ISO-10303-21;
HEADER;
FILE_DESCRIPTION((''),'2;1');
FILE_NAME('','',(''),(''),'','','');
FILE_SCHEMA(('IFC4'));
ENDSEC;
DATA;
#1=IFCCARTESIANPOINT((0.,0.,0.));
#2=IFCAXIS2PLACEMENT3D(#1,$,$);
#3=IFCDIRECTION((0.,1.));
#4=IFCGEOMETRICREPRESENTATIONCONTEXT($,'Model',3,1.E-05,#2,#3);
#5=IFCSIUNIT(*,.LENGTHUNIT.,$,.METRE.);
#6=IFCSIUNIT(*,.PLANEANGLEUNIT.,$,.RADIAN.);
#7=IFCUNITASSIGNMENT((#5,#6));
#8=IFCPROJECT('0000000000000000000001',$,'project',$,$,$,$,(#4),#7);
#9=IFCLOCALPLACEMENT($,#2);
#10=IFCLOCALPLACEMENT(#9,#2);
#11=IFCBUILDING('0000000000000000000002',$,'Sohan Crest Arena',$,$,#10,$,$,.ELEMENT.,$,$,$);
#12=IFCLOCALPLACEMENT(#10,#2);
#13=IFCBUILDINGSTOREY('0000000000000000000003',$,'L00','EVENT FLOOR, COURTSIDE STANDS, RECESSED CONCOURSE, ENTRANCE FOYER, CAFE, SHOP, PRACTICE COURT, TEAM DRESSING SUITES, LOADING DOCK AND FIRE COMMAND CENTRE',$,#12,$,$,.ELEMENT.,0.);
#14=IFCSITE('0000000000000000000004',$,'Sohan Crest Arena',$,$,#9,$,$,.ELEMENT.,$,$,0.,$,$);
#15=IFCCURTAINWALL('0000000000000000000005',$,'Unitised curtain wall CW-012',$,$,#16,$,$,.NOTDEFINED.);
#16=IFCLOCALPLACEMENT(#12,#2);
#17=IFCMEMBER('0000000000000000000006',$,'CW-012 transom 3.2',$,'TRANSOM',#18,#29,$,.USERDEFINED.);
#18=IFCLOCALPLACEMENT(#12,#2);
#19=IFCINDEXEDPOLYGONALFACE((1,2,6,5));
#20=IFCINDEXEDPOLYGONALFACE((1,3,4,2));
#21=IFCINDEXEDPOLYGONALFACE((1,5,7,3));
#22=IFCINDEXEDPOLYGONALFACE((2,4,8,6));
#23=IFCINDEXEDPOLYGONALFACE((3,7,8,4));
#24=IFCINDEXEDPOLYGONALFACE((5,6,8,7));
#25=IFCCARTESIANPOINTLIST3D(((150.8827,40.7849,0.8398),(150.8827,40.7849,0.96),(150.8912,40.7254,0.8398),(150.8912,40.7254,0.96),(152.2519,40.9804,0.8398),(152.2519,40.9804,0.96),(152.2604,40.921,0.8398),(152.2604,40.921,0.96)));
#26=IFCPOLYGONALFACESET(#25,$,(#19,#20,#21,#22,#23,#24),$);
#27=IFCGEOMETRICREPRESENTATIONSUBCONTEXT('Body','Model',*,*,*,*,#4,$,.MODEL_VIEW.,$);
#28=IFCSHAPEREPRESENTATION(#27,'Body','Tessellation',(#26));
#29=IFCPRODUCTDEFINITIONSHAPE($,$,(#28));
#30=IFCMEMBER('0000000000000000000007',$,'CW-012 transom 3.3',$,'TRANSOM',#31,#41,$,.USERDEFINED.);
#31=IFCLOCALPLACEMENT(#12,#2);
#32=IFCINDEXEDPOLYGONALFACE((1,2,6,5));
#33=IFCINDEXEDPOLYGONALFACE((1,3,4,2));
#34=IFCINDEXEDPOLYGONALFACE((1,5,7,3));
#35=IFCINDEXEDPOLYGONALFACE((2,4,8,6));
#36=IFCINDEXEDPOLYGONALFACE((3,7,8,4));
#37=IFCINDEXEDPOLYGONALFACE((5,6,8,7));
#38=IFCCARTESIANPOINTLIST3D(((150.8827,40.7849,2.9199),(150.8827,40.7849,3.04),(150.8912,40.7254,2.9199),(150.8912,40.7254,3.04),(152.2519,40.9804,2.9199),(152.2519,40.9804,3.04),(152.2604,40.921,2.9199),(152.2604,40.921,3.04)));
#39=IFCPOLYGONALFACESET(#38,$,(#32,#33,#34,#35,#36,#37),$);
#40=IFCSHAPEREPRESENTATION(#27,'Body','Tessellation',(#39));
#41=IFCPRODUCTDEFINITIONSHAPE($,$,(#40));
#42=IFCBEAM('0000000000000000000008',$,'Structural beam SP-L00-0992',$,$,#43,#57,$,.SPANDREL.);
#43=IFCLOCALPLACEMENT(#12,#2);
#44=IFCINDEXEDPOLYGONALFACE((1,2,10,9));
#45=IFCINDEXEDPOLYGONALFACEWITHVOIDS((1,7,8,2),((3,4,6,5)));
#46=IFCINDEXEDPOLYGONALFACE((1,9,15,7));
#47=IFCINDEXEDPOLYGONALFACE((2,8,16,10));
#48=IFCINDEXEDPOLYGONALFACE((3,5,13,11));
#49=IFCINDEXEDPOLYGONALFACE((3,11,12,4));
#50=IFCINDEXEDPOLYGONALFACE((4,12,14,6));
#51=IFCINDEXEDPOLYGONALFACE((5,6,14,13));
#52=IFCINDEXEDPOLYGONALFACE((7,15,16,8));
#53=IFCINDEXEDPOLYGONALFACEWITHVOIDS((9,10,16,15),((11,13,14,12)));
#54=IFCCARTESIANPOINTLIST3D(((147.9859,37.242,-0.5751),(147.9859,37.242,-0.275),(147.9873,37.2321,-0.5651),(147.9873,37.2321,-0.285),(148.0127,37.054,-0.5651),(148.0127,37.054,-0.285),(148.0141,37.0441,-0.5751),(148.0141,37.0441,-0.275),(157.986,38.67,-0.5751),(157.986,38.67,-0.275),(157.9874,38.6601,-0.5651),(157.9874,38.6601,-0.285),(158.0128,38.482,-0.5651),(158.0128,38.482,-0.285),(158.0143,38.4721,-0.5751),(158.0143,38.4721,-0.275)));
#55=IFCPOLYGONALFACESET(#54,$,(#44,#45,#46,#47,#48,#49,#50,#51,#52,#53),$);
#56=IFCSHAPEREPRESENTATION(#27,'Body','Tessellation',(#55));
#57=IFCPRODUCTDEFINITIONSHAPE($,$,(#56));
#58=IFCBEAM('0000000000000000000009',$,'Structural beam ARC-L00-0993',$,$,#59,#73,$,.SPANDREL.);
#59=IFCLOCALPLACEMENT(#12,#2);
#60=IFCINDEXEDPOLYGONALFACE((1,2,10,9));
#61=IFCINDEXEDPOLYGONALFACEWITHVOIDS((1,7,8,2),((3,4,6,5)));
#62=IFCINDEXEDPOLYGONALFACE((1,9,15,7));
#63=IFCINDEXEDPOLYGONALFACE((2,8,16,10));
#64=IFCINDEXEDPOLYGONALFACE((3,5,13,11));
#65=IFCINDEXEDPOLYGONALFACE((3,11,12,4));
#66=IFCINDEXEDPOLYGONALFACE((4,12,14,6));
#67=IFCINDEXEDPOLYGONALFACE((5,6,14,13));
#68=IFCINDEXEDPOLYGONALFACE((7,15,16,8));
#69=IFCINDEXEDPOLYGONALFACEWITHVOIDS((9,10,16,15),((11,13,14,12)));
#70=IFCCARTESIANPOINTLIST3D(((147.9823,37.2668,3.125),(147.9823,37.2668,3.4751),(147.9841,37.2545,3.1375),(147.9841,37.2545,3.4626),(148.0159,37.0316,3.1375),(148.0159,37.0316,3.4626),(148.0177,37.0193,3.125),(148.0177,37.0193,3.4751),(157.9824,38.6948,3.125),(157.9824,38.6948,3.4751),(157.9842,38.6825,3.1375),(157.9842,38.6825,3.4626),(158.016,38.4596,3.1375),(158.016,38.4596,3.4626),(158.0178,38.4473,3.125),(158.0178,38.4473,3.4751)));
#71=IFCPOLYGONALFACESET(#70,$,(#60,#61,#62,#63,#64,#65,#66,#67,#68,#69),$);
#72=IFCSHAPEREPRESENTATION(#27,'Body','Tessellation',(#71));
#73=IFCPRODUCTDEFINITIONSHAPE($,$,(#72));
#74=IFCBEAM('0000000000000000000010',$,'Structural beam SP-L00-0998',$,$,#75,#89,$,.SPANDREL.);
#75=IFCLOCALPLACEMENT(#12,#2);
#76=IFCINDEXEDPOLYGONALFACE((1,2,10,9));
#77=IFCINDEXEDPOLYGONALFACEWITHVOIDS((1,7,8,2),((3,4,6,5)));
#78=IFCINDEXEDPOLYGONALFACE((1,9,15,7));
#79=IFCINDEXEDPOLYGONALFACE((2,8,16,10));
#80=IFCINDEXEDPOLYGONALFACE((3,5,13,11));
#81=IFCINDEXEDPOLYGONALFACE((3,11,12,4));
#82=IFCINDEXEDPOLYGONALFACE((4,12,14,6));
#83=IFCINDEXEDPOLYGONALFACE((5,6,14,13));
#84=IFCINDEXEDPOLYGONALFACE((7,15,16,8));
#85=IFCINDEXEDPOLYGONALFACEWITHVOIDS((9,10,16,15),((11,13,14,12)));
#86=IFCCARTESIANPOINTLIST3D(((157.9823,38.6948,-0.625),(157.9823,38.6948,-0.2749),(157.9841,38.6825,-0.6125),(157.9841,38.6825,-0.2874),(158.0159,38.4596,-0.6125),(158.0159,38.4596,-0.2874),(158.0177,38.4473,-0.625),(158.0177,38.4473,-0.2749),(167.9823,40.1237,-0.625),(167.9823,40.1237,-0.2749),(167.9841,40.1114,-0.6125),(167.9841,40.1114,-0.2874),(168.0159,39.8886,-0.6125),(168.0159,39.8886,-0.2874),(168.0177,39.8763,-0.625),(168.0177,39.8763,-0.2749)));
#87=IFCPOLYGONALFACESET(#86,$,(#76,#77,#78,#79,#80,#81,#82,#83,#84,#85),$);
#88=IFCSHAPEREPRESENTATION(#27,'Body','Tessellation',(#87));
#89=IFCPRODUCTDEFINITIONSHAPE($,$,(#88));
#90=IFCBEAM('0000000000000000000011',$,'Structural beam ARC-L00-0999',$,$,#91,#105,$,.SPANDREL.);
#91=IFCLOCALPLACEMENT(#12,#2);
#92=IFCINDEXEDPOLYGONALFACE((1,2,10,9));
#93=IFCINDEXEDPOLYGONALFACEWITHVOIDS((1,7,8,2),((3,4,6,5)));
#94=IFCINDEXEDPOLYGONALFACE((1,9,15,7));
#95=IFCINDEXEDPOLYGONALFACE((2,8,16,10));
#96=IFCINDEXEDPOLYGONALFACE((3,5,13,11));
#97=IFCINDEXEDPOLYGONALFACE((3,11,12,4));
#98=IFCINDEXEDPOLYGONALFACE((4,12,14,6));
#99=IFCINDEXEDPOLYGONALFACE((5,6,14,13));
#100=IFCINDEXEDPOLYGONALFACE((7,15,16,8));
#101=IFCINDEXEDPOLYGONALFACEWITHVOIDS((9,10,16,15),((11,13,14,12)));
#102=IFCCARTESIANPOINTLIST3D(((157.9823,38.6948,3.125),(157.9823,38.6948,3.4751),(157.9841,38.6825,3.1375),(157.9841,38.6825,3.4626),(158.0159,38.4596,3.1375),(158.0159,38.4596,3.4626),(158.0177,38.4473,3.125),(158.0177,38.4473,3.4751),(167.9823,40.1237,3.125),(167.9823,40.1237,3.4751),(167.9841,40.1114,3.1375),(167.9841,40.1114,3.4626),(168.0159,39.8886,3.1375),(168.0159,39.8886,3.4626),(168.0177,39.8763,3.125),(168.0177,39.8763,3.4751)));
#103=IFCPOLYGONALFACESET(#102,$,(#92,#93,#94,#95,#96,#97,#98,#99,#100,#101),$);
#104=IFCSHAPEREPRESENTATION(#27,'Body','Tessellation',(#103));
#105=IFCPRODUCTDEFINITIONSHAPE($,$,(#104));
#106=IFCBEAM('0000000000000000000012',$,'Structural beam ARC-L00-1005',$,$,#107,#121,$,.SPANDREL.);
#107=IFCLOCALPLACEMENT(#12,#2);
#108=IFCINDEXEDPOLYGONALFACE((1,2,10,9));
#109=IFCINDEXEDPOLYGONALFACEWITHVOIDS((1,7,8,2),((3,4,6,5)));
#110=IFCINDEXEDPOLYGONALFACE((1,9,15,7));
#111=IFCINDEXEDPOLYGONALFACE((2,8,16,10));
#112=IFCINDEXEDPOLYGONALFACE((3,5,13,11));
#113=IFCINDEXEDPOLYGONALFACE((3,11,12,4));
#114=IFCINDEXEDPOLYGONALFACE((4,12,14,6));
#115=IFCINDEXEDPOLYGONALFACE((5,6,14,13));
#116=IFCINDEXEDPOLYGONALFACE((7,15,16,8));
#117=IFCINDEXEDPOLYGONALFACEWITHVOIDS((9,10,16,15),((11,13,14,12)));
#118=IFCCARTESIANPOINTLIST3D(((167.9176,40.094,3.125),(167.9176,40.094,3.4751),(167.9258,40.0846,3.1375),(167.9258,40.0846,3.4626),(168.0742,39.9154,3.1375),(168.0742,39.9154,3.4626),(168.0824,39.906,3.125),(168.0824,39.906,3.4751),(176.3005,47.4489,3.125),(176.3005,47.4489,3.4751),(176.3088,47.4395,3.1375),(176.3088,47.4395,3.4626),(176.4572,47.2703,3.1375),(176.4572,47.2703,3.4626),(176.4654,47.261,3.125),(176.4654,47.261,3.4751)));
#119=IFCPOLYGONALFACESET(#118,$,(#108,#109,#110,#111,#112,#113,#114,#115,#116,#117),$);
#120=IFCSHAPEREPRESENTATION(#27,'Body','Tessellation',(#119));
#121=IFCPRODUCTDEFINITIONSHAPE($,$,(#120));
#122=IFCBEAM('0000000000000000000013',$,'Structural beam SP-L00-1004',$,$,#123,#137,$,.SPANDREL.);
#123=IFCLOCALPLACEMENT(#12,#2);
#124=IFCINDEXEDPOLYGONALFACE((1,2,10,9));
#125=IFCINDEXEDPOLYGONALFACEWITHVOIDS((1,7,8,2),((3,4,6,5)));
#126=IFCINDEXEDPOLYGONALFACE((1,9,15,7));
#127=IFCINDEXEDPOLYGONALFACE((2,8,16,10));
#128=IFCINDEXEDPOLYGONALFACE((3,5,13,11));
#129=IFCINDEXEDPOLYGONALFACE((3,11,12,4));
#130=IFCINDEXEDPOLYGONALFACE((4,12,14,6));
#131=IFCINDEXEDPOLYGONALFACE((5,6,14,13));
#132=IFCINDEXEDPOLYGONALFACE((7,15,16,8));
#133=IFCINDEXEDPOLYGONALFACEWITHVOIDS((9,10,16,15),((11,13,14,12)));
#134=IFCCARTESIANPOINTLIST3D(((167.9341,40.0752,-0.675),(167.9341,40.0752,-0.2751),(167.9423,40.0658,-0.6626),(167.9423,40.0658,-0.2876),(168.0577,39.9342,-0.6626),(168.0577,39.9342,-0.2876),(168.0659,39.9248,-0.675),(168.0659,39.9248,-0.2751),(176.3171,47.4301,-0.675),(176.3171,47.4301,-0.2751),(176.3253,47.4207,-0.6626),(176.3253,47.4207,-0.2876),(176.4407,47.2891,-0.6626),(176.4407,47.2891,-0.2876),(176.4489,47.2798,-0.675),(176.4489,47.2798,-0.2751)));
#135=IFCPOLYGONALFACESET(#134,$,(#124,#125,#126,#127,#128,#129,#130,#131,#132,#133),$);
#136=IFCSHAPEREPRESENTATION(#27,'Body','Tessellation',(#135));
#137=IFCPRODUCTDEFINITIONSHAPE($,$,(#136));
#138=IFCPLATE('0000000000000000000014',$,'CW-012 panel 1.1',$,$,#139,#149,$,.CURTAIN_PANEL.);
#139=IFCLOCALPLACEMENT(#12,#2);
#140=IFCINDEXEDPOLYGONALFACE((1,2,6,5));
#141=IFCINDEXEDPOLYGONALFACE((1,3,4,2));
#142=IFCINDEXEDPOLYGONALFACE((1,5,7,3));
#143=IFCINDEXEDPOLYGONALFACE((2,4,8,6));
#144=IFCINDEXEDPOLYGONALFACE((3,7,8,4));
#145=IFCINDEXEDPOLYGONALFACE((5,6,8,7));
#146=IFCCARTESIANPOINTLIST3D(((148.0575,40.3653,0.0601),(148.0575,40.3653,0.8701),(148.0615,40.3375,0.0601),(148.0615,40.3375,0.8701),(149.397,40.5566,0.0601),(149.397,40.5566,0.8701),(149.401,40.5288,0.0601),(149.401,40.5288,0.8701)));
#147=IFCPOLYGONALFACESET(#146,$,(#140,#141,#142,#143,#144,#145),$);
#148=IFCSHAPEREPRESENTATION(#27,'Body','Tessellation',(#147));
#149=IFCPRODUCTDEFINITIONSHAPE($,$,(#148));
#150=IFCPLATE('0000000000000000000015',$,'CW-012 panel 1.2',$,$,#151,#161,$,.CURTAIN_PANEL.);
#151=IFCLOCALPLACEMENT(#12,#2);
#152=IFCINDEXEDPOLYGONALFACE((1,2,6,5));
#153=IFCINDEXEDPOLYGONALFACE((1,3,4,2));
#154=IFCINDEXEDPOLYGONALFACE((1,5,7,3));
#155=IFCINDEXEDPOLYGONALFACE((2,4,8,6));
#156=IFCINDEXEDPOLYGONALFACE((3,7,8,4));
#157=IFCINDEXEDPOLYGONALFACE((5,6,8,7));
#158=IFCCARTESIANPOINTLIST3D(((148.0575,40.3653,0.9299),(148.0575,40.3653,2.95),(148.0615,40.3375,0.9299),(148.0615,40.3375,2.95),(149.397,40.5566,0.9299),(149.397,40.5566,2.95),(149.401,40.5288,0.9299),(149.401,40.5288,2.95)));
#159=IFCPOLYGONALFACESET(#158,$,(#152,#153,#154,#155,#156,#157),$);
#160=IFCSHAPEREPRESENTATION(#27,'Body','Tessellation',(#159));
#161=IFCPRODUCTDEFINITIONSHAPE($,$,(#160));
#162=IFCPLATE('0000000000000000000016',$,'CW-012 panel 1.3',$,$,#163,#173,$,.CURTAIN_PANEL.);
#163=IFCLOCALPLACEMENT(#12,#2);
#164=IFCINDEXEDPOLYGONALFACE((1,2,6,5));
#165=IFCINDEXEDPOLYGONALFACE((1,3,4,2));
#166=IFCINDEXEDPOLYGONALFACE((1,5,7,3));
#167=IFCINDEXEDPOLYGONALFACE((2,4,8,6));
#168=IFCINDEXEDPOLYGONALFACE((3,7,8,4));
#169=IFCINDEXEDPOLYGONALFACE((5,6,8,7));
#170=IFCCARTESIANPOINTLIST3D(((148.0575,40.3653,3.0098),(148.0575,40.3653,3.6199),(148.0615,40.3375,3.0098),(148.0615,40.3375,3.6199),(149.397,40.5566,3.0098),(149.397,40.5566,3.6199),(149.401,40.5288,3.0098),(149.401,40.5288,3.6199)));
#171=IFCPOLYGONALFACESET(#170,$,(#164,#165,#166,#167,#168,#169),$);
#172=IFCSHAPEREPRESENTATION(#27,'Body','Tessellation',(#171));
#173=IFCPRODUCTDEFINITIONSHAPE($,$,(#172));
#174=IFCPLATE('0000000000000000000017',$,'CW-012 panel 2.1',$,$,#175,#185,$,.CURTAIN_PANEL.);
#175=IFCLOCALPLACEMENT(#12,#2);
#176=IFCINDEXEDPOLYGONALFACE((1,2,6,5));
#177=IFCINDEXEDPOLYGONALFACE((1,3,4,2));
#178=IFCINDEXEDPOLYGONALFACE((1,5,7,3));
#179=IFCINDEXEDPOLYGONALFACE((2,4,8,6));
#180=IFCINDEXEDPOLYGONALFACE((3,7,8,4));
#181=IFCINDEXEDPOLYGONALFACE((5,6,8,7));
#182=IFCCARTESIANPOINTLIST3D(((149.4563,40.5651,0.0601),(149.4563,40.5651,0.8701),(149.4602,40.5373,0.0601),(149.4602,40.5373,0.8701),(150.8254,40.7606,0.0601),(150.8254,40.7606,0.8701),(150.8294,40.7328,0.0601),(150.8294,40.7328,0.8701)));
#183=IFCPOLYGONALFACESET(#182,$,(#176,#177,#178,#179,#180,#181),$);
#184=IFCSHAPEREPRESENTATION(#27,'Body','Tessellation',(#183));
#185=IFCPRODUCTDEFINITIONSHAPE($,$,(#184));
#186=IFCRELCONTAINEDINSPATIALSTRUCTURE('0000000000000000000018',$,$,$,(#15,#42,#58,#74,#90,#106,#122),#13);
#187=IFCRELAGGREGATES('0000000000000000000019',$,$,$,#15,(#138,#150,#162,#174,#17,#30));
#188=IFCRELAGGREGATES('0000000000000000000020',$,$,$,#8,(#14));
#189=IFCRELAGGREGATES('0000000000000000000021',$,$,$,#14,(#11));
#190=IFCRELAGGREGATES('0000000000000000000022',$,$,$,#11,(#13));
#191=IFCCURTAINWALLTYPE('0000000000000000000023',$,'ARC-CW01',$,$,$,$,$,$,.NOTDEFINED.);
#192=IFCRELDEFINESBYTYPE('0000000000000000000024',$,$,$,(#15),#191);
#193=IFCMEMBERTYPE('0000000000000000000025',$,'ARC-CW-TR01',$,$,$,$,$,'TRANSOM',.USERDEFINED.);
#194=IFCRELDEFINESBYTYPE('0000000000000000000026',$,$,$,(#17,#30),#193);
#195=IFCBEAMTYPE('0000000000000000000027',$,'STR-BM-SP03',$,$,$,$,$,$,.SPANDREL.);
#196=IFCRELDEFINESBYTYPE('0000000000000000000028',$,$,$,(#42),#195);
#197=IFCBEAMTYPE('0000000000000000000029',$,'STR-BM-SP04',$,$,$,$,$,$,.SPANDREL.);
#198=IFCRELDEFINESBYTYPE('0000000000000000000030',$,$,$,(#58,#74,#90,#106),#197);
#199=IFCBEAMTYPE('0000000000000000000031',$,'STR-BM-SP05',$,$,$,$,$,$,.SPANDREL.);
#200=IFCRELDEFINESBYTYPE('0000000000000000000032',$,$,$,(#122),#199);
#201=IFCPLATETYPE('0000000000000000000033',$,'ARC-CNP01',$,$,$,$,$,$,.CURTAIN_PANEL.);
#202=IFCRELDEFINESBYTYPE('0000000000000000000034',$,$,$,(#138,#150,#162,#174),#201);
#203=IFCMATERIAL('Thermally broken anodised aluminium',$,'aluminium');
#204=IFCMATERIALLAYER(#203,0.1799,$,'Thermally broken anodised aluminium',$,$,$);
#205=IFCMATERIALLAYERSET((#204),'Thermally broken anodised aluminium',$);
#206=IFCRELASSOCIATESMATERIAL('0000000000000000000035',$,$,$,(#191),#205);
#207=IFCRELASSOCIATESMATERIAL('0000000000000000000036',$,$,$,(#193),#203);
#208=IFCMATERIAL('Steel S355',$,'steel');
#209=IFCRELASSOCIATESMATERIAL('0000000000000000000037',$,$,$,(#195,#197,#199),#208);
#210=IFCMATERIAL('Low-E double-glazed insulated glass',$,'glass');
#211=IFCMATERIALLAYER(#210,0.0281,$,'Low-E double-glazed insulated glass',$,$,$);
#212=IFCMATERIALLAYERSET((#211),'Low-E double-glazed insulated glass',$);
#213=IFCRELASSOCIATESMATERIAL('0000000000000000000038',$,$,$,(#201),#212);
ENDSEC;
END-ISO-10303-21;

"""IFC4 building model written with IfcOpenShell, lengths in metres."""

from ifc_helpers import new_model, si_unit, direction, frame, origin, origin_2d, place, context, subcontext, project, spatial, rectangle, hollow_rectangle, extrude, material, layer, layer_set, material_profile, profile_set, type_object, element, aggregate, save


model = new_model("IFC4")

# Units and contexts
model_context = context("Model", 3, precision=1e-05, world=origin(), true_north=direction((0.0, 1.0)))
body_context = subcontext(model_context, "Body", "Model", "MODEL_VIEW")
ifc_project = project(units=[si_unit("LENGTHUNIT", "METRE"), si_unit("PLANEANGLEUNIT", "RADIAN")], contexts=[model_context])

# Site, building, storey
site_placement = place(None, origin())
site = spatial("IfcSite", under=ifc_project, at=site_placement, Name="Sohan Crest Arena", CompositionType="ELEMENT", RefElevation=0.0)
building_placement = place(site_placement, origin())
building = spatial("IfcBuilding", under=site, at=building_placement, Name="Sohan Crest Arena", CompositionType="ELEMENT")
storey_placement = place(building_placement, origin())
storey = spatial("IfcBuildingStorey", under=building, at=storey_placement, Name="L00", Description="EVENT FLOOR, COURTSIDE STANDS, RECESSED CONCOURSE, ENTRANCE FOYER, CAFE, SHOP, PRACTICE COURT, TEAM DRESSING SUITES, LOADING DOCK AND FIRE COMMAND CENTRE", CompositionType="ELEMENT", Elevation=0.0)

# Curtain wall, members
ifc_material_1 = material(Name="Thermally broken anodised aluminium", Category="aluminium")
ifc_layer_1 = layer(ifc_material_1, 0.1799, Name="Thermally broken anodised aluminium")
ifc_layer_set_1 = layer_set([ifc_layer_1], Name="Thermally broken anodised aluminium")
curtain_wall_type = type_object("IfcCurtainWallType", Name="ARC-CW01", PredefinedType="NOTDEFINED", material=ifc_layer_set_1)
curtain_wall_placement = place(storey_placement, origin())
curtain_wall = element("IfcCurtainWall", 1, at=curtain_wall_placement, inside=storey, type_object=curtain_wall_type, Name="Unitised curtain wall CW-012", PredefinedType="NOTDEFINED")
ifc_material_profile_1 = material_profile(ifc_material_1, rectangle(XDim=0.0601, YDim=0.1201, at=origin_2d()), Name="ALU-TRAN 60x120")
ifc_profile_set_1 = profile_set([ifc_material_profile_1], Name="Thermally broken anodised aluminium")
member_type_1 = type_object("IfcMemberType", Name="ARC-CW-TR01", ElementType="TRANSOM", PredefinedType="USERDEFINED", material=ifc_profile_set_1)
member_1_placement = place(storey_placement, frame((150.887, 40.7551, 0.8999), z_axis=(0.989953, 0.141397, 0.0), x_axis=(-0.141397, 0.989953, 0.0)))
member_1 = element("IfcMember", 2, at=member_1_placement, type_object=member_type_1, Name="CW-012 transom 3.2", ObjectType="TRANSOM", PredefinedType="USERDEFINED", context=body_context, shape_type="SweptSolid", body=[
    extrude(rectangle(XDim=0.0601, YDim=0.1201, at=origin_2d()), origin(), (0.0, 0.0, 1.0), 1.3831),
])
member_2_placement = place(storey_placement, frame((150.887, 40.7551, 2.98), z_axis=(0.989953, 0.141397, 0.0), x_axis=(-0.141397, 0.989953, 0.0)))
member_2 = element("IfcMember", 3, at=member_2_placement, type_object=member_type_1, Name="CW-012 transom 3.3", ObjectType="TRANSOM", PredefinedType="USERDEFINED", context=body_context, shape_type="SweptSolid", body=[
    extrude(rectangle(XDim=0.0601, YDim=0.1201, at=origin_2d()), origin(), (0.0, 0.0, 1.0), 1.3831),
])

# Beams
ifc_material_2 = material(Name="Steel S355", Category="steel")
ifc_material_profile_2 = material_profile(ifc_material_2, hollow_rectangle(XDim=0.2, YDim=0.3, WallThickness=0.01, at=origin_2d()), Name="RHS 300x200x10")
ifc_profile_set_2 = profile_set([ifc_material_profile_2], Name="Steel S355")
beam_type_1 = type_object("IfcBeamType", Name="STR-BM-SP03", PredefinedType="SPANDREL", material=ifc_profile_set_2)
beam_1_placement = place(storey_placement, frame((148.0, 37.1431, -0.425), z_axis=(0.989958, 0.141364, 0.0), x_axis=(-0.141364, 0.989958, 0.0)))
element("IfcBeam", 4, at=beam_1_placement, inside=storey, type_object=beam_type_1, Name="Structural beam SP-L00-0992", PredefinedType="SPANDREL", context=body_context, shape_type="SweptSolid", body=[
    extrude(hollow_rectangle(XDim=0.2, YDim=0.3, WallThickness=0.01, at=origin_2d()), origin(), (0.0, 0.0, 1.0), 10.1016),
])
ifc_material_profile_3 = material_profile(ifc_material_2, hollow_rectangle(XDim=0.25, YDim=0.3501, WallThickness=0.0125, at=origin_2d()), Name="RHS 350x250x12.5")
ifc_profile_set_3 = profile_set([ifc_material_profile_3], Name="Steel S355")
beam_type_2 = type_object("IfcBeamType", Name="STR-BM-SP04", PredefinedType="SPANDREL", material=ifc_profile_set_3)
for number, where, z_axis, x_axis, name in (
    (5, (148.0, 37.1431, 3.3), (0.989958, 0.141364, 0.0), (-0.141364, 0.989958, 0.0), "Structural beam ARC-L00-0993"),
    (6, (158.0, 38.571, -0.45), (0.989944, 0.141459, 0.0), (-0.141459, 0.989944, 0.0), "Structural beam SP-L00-0998"),
    (7, (158.0, 38.571, 3.3), (0.989944, 0.141459, 0.0), (-0.141459, 0.989944, 0.0), "Structural beam ARC-L00-0999"),
):
    element("IfcBeam", number, at=place(storey_placement, frame(where, z_axis=z_axis, x_axis=x_axis)), inside=storey, type_object=beam_type_2, Name=name, PredefinedType="SPANDREL", context=body_context, shape_type="SweptSolid", body=[
        extrude(hollow_rectangle(XDim=0.25, YDim=0.3501, WallThickness=0.0125, at=origin_2d()), origin(), (0.0, 0.0, 1.0), 10.1016),
    ])
beam_2_placement = place(storey_placement, frame((168.0, 40.0, 3.3), z_axis=(0.751696, 0.65951, 0.0), x_axis=(-0.65951, 0.751696, 0.0)))
element("IfcBeam", 8, at=beam_2_placement, inside=storey, type_object=beam_type_2, Name="Structural beam ARC-L00-1005", PredefinedType="SPANDREL", context=body_context, shape_type="SweptSolid", body=[
    extrude(hollow_rectangle(XDim=0.25, YDim=0.3501, WallThickness=0.0125, at=origin_2d()), origin(), (0.0, 0.0, 1.0), 11.1521),
])
ifc_material_profile_4 = material_profile(ifc_material_2, hollow_rectangle(XDim=0.2, YDim=0.3999, WallThickness=0.0125, at=origin_2d()), Name="RHS 400x200x12.5")
ifc_profile_set_4 = profile_set([ifc_material_profile_4], Name="Steel S355")
beam_type_3 = type_object("IfcBeamType", Name="STR-BM-SP05", PredefinedType="SPANDREL", material=ifc_profile_set_4)
beam_3_placement = place(storey_placement, frame((168.0, 40.0, -0.4751), z_axis=(0.751696, 0.65951, 0.0), x_axis=(-0.65951, 0.751696, 0.0)))
element("IfcBeam", 9, at=beam_3_placement, inside=storey, type_object=beam_type_3, Name="Structural beam SP-L00-1004", PredefinedType="SPANDREL", context=body_context, shape_type="SweptSolid", body=[
    extrude(hollow_rectangle(XDim=0.2, YDim=0.3999, WallThickness=0.0125, at=origin_2d()), origin(), (0.0, 0.0, 1.0), 11.1521),
])

# Plates
ifc_material_3 = material(Name="Low-E double-glazed insulated glass", Category="glass")
ifc_layer_2 = layer(ifc_material_3, 0.0281, Name="Low-E double-glazed insulated glass")
ifc_layer_set_2 = layer_set([ifc_layer_2], Name="Low-E double-glazed insulated glass")
plate_type = type_object("IfcPlateType", Name="ARC-CNP01", PredefinedType="CURTAIN_PANEL", material=ifc_layer_set_2)
plate_1_placement = place(storey_placement, frame((148.7292, 40.447, 0.0601), z_axis=(0.0, 0.0, 1.0), x_axis=(0.989957, 0.141366, 0.0)))
plate_1 = element("IfcPlate", 10, at=plate_1_placement, type_object=plate_type, Name="CW-012 panel 1.1", PredefinedType="CURTAIN_PANEL", context=body_context, shape_type="SweptSolid", body=[
    extrude(rectangle(XDim=1.353, YDim=0.0281, at=origin_2d()), origin(), (0.0, 0.0, 1.0), 0.8101),
])
plate_2_placement = place(storey_placement, frame((148.7292, 40.447, 0.9299), z_axis=(0.0, 0.0, 1.0), x_axis=(0.989957, 0.141366, 0.0)))
plate_2 = element("IfcPlate", 11, at=plate_2_placement, type_object=plate_type, Name="CW-012 panel 1.2", PredefinedType="CURTAIN_PANEL", context=body_context, shape_type="SweptSolid", body=[
    extrude(rectangle(XDim=1.353, YDim=0.0281, at=origin_2d()), origin(), (0.0, 0.0, 1.0), 2.02),
])
plate_3_placement = place(storey_placement, frame((148.7292, 40.447, 3.0098), z_axis=(0.0, 0.0, 1.0), x_axis=(0.989957, 0.141366, 0.0)))
plate_3 = element("IfcPlate", 12, at=plate_3_placement, type_object=plate_type, Name="CW-012 panel 1.3", PredefinedType="CURTAIN_PANEL", context=body_context, shape_type="SweptSolid", body=[
    extrude(rectangle(XDim=1.353, YDim=0.0281, at=origin_2d()), origin(), (0.0, 0.0, 1.0), 0.6101),
])
plate_4_placement = place(storey_placement, frame((150.1428, 40.6489, 0.0601), z_axis=(0.0, 0.0, 1.0), x_axis=(0.989957, 0.141366, 0.0)))
plate_4 = element("IfcPlate", 13, at=plate_4_placement, type_object=plate_type, Name="CW-012 panel 2.1", PredefinedType="CURTAIN_PANEL", context=body_context, shape_type="SweptSolid", body=[
    extrude(rectangle(XDim=1.3831, YDim=0.0281, at=origin_2d()), origin(), (0.0, 0.0, 1.0), 0.8101),
])
aggregate(curtain_wall, [plate_1, plate_2, plate_3, plate_4, member_1, member_2])

save(model, "model.ifc")
